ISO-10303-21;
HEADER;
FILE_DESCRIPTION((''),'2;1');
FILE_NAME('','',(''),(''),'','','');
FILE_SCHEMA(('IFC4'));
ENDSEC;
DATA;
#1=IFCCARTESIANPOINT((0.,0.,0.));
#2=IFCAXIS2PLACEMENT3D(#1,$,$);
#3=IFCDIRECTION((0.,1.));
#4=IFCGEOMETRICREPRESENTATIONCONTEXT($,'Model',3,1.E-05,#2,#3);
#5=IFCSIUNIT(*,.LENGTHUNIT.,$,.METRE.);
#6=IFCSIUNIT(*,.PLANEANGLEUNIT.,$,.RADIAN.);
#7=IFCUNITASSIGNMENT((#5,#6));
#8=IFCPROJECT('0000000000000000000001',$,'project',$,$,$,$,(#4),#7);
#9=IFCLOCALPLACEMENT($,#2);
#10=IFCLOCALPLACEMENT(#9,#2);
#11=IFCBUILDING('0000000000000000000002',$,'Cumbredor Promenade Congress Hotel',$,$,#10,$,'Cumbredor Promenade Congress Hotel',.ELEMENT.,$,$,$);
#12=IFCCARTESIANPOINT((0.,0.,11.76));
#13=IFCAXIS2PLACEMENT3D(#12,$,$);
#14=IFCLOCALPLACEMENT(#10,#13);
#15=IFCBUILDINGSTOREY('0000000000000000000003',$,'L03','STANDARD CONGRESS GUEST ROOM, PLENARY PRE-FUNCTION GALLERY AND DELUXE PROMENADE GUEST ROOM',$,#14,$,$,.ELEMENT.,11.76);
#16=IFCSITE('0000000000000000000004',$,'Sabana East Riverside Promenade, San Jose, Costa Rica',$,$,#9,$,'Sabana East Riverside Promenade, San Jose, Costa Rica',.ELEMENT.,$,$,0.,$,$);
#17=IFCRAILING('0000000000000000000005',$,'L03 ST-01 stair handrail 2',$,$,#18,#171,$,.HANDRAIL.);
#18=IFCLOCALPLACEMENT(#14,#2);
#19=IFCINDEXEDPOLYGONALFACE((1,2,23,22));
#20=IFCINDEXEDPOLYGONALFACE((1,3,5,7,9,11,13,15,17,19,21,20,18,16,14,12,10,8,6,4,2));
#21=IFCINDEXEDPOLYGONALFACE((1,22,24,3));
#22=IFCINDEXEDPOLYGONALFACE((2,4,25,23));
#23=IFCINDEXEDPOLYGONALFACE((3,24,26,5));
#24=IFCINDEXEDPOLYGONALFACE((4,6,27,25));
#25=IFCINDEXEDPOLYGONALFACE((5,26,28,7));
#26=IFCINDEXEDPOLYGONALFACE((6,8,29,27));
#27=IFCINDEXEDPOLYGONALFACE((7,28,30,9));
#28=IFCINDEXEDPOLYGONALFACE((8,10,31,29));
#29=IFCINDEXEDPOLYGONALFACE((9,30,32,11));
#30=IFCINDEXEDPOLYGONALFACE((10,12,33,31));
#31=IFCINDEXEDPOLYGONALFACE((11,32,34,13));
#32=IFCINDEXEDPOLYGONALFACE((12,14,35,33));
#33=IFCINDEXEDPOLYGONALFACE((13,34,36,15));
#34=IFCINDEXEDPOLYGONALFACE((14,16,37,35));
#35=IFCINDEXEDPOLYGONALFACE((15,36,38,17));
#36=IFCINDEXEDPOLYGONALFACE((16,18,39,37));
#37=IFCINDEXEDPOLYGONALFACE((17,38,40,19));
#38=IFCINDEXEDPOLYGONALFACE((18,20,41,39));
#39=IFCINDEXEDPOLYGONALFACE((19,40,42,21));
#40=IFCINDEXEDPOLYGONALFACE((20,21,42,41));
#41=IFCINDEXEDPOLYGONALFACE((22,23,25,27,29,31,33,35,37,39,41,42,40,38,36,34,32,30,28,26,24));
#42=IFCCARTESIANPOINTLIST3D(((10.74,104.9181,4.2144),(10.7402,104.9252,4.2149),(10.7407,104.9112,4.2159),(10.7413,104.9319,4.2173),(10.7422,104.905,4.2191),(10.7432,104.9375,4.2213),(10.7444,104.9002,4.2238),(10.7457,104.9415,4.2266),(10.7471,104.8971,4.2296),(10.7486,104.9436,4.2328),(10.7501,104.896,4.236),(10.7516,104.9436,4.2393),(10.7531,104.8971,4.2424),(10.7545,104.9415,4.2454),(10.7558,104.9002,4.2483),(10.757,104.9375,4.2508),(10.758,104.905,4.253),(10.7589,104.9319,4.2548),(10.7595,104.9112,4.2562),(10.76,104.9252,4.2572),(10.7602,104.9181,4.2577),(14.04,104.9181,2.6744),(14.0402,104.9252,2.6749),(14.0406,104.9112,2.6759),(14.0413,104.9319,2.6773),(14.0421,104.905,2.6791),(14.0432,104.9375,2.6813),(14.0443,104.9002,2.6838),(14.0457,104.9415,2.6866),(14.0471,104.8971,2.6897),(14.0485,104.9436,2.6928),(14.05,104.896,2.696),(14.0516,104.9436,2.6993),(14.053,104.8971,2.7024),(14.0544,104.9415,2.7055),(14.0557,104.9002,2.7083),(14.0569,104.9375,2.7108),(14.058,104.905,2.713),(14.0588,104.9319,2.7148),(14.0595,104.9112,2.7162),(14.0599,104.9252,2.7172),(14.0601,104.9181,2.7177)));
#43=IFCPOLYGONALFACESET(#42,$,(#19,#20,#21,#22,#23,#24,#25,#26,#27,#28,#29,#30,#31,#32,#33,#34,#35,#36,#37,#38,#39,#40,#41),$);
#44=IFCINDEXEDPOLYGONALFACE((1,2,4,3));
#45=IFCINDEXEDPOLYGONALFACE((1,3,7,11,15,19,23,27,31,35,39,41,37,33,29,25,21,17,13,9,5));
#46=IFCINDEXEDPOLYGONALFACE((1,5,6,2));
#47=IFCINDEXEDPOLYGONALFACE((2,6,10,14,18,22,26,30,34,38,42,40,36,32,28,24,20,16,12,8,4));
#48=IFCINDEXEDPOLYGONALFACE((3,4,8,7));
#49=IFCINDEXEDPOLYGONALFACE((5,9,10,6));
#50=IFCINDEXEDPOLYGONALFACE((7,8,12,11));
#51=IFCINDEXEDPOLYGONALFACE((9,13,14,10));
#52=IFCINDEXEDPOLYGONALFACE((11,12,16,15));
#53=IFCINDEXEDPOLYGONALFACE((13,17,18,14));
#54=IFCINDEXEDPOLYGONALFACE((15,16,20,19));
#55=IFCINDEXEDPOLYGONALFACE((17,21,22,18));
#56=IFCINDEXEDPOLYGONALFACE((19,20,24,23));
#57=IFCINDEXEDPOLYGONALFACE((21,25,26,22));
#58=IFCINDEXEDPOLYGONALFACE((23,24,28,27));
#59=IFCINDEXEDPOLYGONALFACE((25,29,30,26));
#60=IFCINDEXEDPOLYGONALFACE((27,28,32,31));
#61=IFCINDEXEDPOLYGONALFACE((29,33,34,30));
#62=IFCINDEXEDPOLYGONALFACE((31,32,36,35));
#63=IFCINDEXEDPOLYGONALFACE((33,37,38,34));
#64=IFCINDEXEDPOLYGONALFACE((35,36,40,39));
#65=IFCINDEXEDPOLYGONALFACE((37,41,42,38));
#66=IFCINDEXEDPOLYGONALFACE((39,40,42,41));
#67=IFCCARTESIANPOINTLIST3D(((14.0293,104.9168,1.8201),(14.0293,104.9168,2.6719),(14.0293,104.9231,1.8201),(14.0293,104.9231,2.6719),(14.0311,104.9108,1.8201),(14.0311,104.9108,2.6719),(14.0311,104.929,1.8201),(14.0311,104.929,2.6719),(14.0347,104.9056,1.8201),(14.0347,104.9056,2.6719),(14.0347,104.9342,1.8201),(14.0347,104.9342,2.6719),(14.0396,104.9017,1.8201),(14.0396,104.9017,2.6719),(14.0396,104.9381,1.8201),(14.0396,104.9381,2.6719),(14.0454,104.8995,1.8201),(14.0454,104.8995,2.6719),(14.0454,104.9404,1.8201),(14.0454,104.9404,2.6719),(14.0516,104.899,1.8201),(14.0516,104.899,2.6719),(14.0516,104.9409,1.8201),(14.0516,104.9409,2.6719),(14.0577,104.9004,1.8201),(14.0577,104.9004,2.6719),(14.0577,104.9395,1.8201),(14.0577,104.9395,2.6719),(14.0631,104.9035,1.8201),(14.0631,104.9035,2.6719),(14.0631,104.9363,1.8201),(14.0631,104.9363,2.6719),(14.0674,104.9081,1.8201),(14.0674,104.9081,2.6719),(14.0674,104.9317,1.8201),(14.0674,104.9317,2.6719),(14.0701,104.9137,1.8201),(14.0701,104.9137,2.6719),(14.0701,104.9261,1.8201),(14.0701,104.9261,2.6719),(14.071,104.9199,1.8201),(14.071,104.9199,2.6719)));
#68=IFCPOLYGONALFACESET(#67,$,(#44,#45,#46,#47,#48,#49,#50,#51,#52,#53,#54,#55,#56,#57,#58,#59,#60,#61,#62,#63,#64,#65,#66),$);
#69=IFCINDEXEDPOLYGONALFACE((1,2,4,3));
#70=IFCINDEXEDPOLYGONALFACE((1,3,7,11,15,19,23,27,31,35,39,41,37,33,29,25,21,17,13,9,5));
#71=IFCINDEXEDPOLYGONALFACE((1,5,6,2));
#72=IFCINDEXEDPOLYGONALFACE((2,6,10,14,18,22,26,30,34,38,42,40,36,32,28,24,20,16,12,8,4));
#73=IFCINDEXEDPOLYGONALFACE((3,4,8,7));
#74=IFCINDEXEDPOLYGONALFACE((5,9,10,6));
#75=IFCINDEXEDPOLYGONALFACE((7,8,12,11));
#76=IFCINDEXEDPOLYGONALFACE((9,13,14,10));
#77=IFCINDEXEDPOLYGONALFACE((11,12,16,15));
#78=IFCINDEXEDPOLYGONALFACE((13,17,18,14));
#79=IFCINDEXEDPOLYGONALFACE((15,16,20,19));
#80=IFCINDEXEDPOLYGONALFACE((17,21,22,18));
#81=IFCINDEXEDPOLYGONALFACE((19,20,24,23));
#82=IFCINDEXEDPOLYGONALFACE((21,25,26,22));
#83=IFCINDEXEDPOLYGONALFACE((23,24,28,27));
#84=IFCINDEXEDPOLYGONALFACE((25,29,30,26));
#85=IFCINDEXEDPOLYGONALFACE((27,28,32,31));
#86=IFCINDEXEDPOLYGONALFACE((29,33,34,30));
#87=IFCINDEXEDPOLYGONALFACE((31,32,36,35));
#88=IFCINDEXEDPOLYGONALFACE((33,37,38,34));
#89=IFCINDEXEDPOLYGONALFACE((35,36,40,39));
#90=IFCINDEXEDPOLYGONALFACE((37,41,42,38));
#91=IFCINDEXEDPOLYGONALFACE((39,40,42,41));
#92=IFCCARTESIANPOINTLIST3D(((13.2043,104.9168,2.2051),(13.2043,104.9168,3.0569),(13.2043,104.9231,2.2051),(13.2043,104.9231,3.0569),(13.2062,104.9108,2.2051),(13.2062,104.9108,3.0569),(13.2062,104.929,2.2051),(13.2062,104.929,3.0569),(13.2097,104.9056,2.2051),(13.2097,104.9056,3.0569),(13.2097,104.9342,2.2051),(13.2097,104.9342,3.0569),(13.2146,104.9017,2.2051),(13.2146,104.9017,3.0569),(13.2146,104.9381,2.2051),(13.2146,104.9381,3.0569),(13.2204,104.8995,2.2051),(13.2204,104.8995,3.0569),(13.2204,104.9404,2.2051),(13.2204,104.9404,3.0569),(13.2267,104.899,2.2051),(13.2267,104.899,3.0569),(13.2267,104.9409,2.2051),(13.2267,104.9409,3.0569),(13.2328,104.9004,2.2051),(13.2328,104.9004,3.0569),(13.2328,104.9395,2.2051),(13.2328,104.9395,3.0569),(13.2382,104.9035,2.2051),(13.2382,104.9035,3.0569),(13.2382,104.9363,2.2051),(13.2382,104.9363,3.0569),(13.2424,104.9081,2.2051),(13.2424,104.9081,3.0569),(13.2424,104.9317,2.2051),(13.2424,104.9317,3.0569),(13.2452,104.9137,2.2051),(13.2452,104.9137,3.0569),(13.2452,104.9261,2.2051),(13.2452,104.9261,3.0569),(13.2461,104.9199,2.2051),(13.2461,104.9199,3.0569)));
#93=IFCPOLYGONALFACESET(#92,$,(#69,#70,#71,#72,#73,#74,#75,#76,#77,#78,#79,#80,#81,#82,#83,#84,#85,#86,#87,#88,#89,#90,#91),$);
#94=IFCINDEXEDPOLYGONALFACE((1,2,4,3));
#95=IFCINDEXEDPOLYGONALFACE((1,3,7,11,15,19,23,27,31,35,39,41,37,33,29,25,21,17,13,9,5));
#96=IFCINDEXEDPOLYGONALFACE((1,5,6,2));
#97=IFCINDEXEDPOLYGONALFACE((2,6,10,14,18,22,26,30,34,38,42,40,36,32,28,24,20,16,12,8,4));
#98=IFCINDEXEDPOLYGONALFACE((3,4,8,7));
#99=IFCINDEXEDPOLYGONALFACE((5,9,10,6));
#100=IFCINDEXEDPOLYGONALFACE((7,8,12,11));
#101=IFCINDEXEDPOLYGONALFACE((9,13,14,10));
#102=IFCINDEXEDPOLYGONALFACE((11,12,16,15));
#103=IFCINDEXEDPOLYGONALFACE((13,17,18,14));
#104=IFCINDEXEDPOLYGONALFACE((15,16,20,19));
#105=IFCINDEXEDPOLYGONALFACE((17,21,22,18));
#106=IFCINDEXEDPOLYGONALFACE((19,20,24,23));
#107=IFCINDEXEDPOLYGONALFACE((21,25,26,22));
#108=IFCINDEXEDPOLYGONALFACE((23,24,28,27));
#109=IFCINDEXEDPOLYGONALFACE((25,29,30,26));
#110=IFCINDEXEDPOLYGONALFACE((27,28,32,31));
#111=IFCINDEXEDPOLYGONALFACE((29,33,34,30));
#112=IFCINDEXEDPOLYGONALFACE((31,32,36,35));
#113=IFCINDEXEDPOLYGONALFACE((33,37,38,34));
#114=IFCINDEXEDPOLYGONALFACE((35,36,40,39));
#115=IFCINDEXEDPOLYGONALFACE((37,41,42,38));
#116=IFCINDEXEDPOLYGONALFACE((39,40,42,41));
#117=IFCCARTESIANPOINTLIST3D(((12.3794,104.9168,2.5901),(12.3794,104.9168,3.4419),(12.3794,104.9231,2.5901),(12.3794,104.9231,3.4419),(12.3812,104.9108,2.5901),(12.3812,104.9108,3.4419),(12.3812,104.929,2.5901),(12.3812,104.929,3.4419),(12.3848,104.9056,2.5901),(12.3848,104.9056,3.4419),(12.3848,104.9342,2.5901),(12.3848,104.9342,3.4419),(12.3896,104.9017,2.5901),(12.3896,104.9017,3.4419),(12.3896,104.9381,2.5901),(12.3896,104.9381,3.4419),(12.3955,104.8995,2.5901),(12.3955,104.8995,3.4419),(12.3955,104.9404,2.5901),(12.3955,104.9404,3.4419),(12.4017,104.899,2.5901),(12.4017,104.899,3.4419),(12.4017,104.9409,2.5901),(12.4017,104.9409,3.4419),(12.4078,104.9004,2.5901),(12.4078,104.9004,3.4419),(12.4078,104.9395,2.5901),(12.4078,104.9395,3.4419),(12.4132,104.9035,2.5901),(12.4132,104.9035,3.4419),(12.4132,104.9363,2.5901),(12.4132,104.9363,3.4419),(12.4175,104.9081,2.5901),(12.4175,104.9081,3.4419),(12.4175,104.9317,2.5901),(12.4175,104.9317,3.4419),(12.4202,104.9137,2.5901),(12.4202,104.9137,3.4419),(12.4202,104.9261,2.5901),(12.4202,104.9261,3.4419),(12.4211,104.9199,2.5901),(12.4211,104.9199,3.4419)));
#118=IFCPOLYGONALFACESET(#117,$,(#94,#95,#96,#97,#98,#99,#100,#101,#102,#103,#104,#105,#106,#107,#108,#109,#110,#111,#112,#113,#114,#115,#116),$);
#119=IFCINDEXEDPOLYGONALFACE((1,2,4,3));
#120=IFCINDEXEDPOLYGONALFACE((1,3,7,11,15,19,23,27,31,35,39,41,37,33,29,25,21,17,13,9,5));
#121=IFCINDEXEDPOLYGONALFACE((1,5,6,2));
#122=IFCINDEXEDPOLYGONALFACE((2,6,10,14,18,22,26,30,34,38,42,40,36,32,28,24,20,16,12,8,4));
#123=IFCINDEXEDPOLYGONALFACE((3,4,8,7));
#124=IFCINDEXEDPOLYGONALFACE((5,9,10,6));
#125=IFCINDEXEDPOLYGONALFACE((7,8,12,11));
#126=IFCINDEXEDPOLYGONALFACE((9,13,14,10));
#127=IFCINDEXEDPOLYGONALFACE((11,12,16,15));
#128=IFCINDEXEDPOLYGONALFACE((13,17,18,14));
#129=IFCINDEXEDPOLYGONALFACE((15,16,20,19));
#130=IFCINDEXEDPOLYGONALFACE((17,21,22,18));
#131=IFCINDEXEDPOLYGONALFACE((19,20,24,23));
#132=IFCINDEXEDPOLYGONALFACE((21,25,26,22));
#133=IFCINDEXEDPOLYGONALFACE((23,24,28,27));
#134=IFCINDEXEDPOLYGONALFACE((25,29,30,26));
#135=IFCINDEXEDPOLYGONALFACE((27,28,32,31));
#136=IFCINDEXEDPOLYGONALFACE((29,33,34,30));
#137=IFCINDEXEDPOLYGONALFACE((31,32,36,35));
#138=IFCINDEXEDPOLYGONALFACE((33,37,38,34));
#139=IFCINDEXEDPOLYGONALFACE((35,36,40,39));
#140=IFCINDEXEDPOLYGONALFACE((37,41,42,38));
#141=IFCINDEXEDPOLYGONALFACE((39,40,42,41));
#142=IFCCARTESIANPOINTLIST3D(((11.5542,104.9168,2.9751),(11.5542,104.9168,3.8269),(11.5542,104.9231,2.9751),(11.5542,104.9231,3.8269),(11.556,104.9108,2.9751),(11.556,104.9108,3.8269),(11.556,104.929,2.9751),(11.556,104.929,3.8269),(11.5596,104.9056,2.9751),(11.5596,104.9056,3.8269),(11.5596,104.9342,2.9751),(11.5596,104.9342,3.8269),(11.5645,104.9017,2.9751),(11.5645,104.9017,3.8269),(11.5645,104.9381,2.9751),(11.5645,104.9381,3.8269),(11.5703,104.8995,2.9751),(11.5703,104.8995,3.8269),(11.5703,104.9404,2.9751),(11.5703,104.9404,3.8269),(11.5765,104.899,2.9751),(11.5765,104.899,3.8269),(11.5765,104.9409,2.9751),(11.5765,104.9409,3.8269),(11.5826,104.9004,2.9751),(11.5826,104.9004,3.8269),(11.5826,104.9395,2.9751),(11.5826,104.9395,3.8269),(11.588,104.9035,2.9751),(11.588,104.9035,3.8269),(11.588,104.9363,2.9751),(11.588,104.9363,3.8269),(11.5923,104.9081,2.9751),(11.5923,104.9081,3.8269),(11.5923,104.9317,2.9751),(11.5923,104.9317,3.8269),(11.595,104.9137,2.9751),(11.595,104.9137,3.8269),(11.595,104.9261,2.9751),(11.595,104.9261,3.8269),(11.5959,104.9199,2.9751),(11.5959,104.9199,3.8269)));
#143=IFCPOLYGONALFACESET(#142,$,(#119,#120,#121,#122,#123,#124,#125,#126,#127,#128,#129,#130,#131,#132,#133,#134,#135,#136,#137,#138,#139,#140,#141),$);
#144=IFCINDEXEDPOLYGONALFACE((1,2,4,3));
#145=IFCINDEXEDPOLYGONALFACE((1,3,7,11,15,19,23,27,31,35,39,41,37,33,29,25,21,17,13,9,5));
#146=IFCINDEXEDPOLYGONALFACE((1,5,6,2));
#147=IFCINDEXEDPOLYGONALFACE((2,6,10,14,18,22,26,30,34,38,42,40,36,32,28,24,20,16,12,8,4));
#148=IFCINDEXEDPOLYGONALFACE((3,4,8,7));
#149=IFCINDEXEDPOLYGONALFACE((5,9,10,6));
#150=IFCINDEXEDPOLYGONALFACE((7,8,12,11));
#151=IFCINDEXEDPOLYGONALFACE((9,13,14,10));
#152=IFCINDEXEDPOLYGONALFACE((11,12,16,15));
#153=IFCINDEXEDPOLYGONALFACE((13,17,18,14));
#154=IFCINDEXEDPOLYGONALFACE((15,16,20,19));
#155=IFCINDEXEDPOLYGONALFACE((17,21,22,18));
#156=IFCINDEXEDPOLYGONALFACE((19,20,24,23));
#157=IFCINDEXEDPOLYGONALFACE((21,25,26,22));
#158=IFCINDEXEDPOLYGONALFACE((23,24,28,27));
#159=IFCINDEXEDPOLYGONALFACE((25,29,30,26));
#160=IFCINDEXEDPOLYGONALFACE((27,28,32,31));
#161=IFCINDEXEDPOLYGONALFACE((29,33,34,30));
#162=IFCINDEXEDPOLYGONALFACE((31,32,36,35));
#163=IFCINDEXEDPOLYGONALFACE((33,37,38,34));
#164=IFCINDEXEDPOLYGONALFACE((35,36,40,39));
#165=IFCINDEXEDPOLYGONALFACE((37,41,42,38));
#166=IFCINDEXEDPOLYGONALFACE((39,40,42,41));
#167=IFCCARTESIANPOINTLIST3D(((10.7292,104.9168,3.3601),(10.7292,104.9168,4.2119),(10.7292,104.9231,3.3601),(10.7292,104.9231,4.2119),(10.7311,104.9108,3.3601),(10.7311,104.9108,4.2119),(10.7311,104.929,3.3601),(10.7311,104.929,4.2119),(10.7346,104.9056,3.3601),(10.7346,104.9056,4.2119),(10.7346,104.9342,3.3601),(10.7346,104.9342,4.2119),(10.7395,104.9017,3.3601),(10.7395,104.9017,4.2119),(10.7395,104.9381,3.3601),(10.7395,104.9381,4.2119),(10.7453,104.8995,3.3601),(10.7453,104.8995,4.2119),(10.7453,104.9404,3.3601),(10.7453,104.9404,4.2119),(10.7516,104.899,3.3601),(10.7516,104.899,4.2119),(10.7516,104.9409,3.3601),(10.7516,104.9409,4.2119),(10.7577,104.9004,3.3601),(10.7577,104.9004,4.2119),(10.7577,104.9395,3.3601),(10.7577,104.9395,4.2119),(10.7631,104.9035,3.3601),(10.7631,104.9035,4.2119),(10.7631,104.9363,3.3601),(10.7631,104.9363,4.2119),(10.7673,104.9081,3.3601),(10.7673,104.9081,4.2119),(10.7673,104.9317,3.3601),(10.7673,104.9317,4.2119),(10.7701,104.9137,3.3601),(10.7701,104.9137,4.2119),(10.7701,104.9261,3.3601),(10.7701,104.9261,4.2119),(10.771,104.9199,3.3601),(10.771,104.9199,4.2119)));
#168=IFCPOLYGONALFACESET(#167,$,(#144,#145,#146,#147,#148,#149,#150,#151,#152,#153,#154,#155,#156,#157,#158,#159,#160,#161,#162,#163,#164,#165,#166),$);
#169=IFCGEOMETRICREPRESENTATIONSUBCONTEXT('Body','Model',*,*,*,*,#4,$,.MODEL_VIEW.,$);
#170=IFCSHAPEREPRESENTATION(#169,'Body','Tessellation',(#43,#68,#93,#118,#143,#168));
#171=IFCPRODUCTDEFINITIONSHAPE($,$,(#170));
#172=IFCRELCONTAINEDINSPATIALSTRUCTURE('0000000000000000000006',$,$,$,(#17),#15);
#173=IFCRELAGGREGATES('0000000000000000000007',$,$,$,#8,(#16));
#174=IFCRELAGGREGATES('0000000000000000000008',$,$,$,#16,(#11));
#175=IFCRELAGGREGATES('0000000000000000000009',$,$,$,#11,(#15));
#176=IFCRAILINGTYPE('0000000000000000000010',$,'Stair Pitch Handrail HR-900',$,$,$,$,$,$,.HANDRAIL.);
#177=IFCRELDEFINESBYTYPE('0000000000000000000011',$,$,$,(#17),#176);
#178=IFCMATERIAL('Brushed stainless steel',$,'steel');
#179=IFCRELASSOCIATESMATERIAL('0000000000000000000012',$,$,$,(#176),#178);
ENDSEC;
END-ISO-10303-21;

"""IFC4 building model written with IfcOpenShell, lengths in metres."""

from ifc_helpers import new_model, si_unit, direction, frame, origin, origin_2d, place, context, subcontext, project, spatial, circle, extrude, material, type_object, element, save


model = new_model("IFC4")

# Units and contexts
model_context = context("Model", 3, precision=1e-05, world=origin(), true_north=direction((0.0, 1.0)))
body_context = subcontext(model_context, "Body", "Model", "MODEL_VIEW")
ifc_project = project(units=[si_unit("LENGTHUNIT", "METRE"), si_unit("PLANEANGLEUNIT", "RADIAN")], contexts=[model_context])

# Site, building, storey
site_placement = place(None, origin())
site = spatial("IfcSite", under=ifc_project, at=site_placement, Name="Sabana East Riverside Promenade, San Jose, Costa Rica", LongName="Sabana East Riverside Promenade, San Jose, Costa Rica", CompositionType="ELEMENT", RefElevation=0.0)
building_placement = place(site_placement, origin())
building = spatial("IfcBuilding", under=site, at=building_placement, Name="Cumbredor Promenade Congress Hotel", LongName="Cumbredor Promenade Congress Hotel", CompositionType="ELEMENT")
storey_placement = place(building_placement, frame((0.0, 0.0, 11.76)))
storey = spatial("IfcBuildingStorey", under=building, at=storey_placement, Name="L03", Description="STANDARD CONGRESS GUEST ROOM, PLENARY PRE-FUNCTION GALLERY AND DELUXE PROMENADE GUEST ROOM", CompositionType="ELEMENT", Elevation=11.76)

# Railing
ifc_material_1 = material(Name="Brushed stainless steel", Category="steel")
railing_type_1 = type_object("IfcRailingType", Name="Stair Pitch Handrail HR-900", PredefinedType="HANDRAIL", material=ifc_material_1)
railing_1_placement = place(storey_placement, frame((14.05, 104.9199, 1.8201)))
element("IfcRailing", 1, at=railing_1_placement, inside=storey, type_object=railing_type_1, Name="L03 ST-01 stair handrail 2", PredefinedType="HANDRAIL", context=body_context, shape_type="SweptSolid", body=[
    extrude(circle(Radius=0.0239, at=origin_2d()), frame((0.0, 0.0, 0.876), z_axis=(-0.906181, 0.0, 0.422889), x_axis=(0.0, -1.0, 0.0)), (0.0, 0.0, 1.0), 3.6416),
    extrude(circle(Radius=0.021, at=origin_2d()), origin(), (0.0, 0.0, 1.0), 0.8518),
    extrude(circle(Radius=0.021, at=origin_2d()), frame((-0.825, 0.0, 0.385)), (0.0, 0.0, 1.0), 0.8518),
    extrude(circle(Radius=0.021, at=origin_2d()), frame((-1.6499, 0.0, 0.77)), (0.0, 0.0, 1.0), 0.8518),
    extrude(circle(Radius=0.021, at=origin_2d()), frame((-2.4751, 0.0, 1.155)), (0.0, 0.0, 1.0), 0.8518),
    extrude(circle(Radius=0.021, at=origin_2d()), frame((-3.3, 0.0, 1.54)), (0.0, 0.0, 1.0), 0.8518),
])

save(model, "model.ifc")
